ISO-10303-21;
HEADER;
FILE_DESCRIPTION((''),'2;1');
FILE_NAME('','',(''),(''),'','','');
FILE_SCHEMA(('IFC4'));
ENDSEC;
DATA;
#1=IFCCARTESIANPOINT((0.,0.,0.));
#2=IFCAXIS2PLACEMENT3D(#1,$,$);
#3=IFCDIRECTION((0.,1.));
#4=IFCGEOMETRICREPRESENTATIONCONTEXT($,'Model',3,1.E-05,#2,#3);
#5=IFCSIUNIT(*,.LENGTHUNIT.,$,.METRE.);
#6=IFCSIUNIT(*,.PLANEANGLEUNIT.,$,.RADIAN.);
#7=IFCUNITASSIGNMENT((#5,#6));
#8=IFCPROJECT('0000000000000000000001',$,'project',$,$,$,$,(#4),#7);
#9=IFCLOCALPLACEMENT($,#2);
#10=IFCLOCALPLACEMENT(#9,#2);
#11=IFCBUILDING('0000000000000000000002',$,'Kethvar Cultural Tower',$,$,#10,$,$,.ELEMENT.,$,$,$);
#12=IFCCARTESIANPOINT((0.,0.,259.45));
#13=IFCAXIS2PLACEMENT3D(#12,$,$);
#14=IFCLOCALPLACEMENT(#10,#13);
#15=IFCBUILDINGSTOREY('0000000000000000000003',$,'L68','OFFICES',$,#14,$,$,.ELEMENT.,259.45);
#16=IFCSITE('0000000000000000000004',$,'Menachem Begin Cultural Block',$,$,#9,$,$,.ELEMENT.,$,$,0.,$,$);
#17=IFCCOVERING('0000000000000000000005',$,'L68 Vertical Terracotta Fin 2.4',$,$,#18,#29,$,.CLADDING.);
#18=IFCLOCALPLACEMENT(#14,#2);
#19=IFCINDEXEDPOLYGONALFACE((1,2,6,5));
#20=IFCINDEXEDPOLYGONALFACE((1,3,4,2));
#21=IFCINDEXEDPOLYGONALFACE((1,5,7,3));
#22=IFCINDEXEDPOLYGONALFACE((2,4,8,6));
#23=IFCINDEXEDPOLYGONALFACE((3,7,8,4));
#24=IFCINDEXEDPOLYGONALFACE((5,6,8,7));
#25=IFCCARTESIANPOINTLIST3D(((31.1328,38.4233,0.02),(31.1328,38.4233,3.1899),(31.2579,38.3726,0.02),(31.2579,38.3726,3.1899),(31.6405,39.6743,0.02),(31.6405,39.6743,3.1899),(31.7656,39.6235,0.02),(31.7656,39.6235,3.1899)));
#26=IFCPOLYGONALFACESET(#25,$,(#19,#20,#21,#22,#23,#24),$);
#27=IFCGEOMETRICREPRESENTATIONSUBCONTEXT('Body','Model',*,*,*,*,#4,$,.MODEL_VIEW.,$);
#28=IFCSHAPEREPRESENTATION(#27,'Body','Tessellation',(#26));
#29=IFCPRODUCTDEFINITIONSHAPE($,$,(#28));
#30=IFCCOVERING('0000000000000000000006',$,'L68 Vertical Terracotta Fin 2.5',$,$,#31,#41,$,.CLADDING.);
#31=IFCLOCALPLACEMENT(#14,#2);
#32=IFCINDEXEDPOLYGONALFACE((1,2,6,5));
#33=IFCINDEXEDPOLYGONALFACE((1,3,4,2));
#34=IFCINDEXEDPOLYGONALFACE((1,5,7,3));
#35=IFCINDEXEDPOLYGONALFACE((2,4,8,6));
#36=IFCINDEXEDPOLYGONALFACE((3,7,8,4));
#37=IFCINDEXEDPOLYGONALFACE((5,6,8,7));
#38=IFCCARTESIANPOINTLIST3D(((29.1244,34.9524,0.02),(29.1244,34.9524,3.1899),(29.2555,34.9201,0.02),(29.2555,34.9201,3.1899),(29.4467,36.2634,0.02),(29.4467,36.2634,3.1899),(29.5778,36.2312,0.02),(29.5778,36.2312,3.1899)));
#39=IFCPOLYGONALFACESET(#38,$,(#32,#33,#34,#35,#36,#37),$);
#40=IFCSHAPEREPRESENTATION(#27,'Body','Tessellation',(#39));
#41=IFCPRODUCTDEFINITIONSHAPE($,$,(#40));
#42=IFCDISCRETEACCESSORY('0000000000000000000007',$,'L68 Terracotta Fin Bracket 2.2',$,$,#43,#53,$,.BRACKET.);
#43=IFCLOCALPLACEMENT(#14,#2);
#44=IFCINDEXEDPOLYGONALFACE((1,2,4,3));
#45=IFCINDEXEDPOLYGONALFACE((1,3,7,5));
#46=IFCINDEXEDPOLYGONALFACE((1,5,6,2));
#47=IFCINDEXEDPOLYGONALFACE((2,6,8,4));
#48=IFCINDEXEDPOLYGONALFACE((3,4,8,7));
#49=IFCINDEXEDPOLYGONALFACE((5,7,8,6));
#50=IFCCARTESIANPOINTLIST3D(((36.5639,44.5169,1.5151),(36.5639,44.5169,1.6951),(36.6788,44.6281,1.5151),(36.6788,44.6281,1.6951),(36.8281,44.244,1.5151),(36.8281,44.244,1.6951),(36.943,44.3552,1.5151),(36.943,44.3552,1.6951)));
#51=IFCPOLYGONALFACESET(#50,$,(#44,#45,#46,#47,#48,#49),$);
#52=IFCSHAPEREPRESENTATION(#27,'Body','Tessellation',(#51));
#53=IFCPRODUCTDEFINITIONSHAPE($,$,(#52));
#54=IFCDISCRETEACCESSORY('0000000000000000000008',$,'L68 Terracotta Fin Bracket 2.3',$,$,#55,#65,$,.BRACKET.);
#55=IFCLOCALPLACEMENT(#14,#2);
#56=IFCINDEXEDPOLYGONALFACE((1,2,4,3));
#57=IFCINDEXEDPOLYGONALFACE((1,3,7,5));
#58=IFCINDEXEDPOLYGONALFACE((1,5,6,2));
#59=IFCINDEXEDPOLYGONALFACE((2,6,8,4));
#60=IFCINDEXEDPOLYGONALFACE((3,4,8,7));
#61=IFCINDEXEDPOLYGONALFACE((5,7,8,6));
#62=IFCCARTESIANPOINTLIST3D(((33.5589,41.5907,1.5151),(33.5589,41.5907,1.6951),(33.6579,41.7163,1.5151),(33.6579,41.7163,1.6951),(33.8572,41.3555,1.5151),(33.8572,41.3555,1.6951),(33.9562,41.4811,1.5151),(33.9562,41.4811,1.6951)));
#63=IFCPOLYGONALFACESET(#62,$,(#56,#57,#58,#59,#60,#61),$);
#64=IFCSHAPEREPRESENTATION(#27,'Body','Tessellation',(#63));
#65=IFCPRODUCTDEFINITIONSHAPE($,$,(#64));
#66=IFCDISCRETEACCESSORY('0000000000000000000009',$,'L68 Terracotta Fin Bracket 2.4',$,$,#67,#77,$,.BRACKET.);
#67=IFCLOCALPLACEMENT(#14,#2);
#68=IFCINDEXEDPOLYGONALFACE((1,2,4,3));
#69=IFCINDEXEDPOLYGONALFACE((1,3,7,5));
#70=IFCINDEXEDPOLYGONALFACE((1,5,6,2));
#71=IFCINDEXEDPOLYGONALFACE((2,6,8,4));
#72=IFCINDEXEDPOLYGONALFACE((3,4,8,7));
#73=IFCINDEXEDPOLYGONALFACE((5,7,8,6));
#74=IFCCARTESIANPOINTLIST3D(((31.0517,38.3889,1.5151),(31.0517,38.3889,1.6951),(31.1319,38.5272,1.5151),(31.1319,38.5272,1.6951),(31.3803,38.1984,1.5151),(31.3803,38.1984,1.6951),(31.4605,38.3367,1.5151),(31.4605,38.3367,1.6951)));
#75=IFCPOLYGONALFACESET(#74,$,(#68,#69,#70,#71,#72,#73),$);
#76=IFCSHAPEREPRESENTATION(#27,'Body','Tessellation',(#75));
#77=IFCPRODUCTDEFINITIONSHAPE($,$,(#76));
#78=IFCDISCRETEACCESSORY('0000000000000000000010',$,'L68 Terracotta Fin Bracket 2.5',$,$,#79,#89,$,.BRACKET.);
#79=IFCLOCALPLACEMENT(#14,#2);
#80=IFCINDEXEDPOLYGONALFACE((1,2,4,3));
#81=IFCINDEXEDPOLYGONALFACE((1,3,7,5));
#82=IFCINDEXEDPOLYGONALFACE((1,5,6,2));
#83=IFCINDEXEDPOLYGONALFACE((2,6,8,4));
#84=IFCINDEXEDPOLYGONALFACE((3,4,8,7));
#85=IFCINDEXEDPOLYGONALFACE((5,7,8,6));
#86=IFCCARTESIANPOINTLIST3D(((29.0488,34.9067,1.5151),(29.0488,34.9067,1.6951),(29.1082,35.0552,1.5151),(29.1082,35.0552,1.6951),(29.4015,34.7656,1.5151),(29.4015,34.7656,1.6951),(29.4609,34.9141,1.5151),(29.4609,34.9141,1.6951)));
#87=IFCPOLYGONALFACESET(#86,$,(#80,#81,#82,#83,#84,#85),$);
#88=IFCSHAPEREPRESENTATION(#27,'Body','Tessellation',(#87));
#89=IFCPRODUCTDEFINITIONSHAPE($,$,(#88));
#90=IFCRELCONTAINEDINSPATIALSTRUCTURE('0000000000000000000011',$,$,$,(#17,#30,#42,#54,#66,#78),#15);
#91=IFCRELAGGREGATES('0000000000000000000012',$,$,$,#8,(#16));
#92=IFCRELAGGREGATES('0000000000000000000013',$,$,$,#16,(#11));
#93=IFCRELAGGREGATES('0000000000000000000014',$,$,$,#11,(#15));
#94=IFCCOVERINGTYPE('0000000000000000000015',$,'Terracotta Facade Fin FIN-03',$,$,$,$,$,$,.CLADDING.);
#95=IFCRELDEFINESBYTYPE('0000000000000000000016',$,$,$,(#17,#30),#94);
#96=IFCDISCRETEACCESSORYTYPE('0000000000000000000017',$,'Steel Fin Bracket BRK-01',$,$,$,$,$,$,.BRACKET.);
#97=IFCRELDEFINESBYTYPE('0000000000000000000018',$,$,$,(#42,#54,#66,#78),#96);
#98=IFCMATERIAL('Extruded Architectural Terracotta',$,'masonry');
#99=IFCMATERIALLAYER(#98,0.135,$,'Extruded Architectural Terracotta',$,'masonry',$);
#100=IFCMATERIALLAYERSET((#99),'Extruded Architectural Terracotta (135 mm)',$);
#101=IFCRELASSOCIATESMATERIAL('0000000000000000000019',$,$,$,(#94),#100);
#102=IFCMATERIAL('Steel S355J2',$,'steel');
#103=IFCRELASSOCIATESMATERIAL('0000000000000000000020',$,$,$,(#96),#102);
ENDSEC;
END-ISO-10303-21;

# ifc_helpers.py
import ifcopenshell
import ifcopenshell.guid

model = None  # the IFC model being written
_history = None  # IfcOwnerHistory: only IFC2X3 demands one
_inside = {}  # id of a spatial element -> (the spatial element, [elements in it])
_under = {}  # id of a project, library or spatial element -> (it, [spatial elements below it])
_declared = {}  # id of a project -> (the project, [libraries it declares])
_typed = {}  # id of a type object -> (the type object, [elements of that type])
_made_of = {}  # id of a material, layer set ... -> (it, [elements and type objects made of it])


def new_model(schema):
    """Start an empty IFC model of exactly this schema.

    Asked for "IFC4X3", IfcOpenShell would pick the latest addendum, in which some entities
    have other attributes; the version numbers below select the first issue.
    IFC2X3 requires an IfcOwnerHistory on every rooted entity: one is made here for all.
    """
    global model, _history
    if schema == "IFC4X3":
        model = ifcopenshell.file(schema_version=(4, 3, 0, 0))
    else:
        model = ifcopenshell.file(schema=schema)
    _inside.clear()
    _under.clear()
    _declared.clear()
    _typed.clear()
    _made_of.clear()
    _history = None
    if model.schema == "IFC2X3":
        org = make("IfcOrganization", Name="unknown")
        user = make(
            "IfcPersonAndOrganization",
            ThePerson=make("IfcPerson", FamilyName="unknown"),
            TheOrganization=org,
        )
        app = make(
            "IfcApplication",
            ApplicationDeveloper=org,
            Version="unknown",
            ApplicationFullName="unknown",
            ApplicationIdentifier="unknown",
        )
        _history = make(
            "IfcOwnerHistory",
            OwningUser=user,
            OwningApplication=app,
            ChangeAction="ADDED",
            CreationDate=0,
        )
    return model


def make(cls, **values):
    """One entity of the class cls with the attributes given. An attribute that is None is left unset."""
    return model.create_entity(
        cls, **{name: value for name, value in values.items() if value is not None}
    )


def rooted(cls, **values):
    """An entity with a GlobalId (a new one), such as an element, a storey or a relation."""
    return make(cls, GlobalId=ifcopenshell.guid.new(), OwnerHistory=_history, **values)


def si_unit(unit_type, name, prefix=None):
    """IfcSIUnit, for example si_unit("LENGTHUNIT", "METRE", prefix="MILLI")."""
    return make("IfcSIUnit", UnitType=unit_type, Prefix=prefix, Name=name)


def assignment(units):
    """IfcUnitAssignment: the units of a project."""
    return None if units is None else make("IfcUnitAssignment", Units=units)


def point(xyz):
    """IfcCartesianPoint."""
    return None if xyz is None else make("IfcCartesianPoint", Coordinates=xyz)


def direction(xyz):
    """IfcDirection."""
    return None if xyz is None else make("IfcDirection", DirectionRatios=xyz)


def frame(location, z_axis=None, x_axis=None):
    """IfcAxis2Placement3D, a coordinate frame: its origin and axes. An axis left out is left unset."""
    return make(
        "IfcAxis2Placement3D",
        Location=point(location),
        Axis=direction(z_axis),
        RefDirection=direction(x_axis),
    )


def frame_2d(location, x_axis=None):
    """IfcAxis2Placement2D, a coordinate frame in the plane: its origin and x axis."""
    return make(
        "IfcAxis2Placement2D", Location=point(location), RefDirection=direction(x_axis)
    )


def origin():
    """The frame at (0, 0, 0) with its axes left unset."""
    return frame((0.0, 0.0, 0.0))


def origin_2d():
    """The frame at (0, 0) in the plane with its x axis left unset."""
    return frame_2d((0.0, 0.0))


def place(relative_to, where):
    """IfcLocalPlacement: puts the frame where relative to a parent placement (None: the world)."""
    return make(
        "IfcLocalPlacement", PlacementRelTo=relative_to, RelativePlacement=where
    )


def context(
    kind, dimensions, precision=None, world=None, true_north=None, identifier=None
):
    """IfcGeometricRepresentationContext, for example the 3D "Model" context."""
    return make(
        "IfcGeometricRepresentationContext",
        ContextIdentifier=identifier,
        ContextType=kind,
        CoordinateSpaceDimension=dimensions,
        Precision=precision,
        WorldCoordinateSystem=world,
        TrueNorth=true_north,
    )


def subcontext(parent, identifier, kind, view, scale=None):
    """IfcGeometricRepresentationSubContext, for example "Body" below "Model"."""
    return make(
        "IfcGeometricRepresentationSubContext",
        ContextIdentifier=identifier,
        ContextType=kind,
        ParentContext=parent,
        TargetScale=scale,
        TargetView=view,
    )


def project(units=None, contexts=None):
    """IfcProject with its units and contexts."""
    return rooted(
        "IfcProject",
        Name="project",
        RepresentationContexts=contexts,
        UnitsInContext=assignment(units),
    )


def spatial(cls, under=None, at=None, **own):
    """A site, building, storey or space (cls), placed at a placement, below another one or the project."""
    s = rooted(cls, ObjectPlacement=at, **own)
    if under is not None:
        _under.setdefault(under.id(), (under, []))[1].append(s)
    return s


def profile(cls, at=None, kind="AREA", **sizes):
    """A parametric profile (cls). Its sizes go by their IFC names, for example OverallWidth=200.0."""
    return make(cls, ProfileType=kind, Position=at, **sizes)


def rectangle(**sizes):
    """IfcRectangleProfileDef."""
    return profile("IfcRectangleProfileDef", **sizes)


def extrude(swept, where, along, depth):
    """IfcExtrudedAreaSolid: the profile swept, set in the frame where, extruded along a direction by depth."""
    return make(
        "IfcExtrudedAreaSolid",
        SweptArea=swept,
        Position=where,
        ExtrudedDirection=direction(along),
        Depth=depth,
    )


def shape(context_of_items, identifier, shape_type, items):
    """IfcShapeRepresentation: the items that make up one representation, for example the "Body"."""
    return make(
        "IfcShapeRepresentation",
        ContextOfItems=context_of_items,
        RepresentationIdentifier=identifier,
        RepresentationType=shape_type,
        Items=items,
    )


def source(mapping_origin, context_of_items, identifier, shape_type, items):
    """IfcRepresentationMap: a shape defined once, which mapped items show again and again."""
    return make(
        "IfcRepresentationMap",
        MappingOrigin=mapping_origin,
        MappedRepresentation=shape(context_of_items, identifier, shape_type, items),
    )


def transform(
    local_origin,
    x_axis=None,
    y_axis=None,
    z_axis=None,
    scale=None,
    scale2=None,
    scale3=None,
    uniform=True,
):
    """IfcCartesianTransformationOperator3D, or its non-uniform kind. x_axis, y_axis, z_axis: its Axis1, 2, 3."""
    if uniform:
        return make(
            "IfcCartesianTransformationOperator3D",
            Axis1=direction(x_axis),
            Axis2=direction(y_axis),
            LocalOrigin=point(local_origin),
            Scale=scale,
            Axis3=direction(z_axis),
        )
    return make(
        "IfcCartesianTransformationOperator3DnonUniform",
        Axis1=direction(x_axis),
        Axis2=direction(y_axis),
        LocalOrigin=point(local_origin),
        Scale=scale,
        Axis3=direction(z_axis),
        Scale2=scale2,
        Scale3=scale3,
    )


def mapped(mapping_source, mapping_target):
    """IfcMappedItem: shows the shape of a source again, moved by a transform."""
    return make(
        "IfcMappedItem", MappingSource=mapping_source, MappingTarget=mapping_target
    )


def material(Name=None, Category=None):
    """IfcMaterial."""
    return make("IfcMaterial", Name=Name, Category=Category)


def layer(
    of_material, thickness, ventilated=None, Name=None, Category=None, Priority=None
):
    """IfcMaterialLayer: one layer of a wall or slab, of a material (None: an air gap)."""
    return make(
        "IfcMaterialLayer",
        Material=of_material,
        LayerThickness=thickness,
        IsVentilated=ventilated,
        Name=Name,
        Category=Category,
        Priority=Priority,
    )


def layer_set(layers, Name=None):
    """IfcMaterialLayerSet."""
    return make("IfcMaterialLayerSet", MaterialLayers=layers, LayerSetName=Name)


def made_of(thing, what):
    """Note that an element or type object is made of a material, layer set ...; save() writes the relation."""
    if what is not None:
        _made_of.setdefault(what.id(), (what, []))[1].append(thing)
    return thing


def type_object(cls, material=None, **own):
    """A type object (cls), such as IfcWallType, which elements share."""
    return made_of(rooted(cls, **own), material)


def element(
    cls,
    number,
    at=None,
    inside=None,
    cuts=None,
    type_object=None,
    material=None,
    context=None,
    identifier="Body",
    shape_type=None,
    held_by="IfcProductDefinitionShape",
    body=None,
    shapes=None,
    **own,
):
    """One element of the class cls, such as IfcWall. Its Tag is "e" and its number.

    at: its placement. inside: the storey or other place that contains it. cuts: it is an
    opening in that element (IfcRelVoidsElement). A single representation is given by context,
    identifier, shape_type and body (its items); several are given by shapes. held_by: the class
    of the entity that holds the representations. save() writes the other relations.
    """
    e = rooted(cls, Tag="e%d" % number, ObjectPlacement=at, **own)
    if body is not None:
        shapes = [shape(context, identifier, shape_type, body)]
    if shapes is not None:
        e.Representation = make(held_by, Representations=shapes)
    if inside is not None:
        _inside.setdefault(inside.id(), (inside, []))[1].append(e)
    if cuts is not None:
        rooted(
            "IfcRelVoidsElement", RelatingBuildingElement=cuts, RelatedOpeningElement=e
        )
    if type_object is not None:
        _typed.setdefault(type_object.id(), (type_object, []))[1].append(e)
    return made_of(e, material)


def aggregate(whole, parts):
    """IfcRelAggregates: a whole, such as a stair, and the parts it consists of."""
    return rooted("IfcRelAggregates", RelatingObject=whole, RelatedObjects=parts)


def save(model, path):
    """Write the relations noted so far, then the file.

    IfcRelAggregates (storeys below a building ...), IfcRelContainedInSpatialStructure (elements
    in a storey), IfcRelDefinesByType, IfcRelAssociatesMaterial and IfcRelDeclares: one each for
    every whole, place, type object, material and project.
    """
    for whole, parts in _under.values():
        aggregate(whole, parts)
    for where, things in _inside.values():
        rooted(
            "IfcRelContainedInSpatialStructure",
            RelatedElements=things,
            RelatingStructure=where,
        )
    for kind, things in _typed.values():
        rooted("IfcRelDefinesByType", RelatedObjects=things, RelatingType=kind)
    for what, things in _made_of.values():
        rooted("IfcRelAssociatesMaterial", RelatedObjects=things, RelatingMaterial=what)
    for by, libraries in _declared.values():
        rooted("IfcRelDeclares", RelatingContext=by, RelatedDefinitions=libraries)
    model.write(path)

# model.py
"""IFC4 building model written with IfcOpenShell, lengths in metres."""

from ifc_helpers import new_model, si_unit, direction, frame, origin, origin_2d, place, context, subcontext, project, spatial, rectangle, extrude, source, transform, mapped, material, layer, layer_set, type_object, element, save


model = new_model("IFC4")

# Units and contexts
model_context = context("Model", 3, precision=1e-05, world=origin(), true_north=direction((0.0, 1.0)))
body_context = subcontext(model_context, "Body", "Model", "MODEL_VIEW")
ifc_project = project(units=[si_unit("LENGTHUNIT", "METRE"), si_unit("PLANEANGLEUNIT", "RADIAN")], contexts=[model_context])

# Site, building, storey
site_placement = place(None, origin())
site = spatial("IfcSite", under=ifc_project, at=site_placement, Name="Menachem Begin Cultural Block", CompositionType="ELEMENT", RefElevation=0.0)
building_placement = place(site_placement, origin())
building = spatial("IfcBuilding", under=site, at=building_placement, Name="Kethvar Cultural Tower", CompositionType="ELEMENT")
storey_placement = place(building_placement, frame((0.0, 0.0, 259.45)))
storey = spatial("IfcBuildingStorey", under=building, at=storey_placement, Name="L68", Description="OFFICES", CompositionType="ELEMENT", Elevation=259.45)

# Shared definitions
ifc_material_1 = material(Name="Steel S355J2", Category="steel")

# Coverings
ifc_material_2 = material(Name="Extruded Architectural Terracotta", Category="masonry")
ifc_layer_1 = layer(ifc_material_2, 0.135, Name="Extruded Architectural Terracotta", Category="masonry")
ifc_layer_set_1 = layer_set([ifc_layer_1], Name="Extruded Architectural Terracotta (135 mm)")
covering_type = type_object("IfcCoveringType", Name="Terracotta Facade Fin FIN-03", PredefinedType="CLADDING", material=ifc_layer_set_1)
shared_shape_1 = source(origin(), body_context, "Body", "SweptSolid", [
    extrude(rectangle(XDim=1.3501, YDim=0.135, at=origin_2d()), origin(), (0.0, 0.0, 1.0), 3.1699),
])
for number, where, z_axis, x_axis, name in (
    (1, (31.4492, 39.0234, 0.02), (0.0, 0.0, 1.0), (0.376063, 0.926594, 0.0), "L68 Vertical Terracotta Fin 2.4"),
    (2, (29.3511, 35.5918, 0.02), (0.0, 0.0, 1.0), (0.238703, 0.971093, 0.0), "L68 Vertical Terracotta Fin 2.5"),
):
    element("IfcCovering", number, at=place(storey_placement, frame(where, z_axis=z_axis, x_axis=x_axis)), inside=storey, type_object=covering_type, Name=name, PredefinedType="CLADDING", context=body_context, shape_type="MappedRepresentation", body=[
        mapped(shared_shape_1, transform((0.0, 0.0, 0.0), scale=1.0)),
    ])

# Discrete accessories
discrete_accessory_type = type_object("IfcDiscreteAccessoryType", Name="Steel Fin Bracket BRK-01", PredefinedType="BRACKET", material=ifc_material_1)
shared_shape_2 = source(origin(), body_context, "Body", "SweptSolid", [
    extrude(rectangle(XDim=0.3799, YDim=0.1599, at=origin_2d()), origin(), (0.0, 0.0, 1.0), 0.1799),
])
for number, where, z_axis, x_axis, name in (
    (3, (36.7534, 44.436, 1.5151), (0.0, 0.0, 1.0), (-0.695537, 0.718491, 0.0), "L68 Terracotta Fin Bracket 2.2"),
    (4, (33.7576, 41.5359, 1.5151), (0.0, 0.0, 1.0), (-0.785317, 0.619094, 0.0), "L68 Terracotta Fin Bracket 2.3"),
    (5, (31.2561, 38.3628, 1.5151), (0.0, 0.0, 1.0), (-0.865151, 0.501511, 0.0), "L68 Terracotta Fin Bracket 2.4"),
    (6, (29.2549, 34.9104, 1.5151), (0.0, 0.0, 1.0), (-0.928421, 0.37153, 0.0), "L68 Terracotta Fin Bracket 2.5"),
):
    element("IfcDiscreteAccessory", number, at=place(storey_placement, frame(where, z_axis=z_axis, x_axis=x_axis)), inside=storey, type_object=discrete_accessory_type, Name=name, PredefinedType="BRACKET", context=body_context, shape_type="MappedRepresentation", body=[
        mapped(shared_shape_2, transform((0.0, 0.0, 0.0), scale=1.0)),
    ])

save(model, "model.ifc")
